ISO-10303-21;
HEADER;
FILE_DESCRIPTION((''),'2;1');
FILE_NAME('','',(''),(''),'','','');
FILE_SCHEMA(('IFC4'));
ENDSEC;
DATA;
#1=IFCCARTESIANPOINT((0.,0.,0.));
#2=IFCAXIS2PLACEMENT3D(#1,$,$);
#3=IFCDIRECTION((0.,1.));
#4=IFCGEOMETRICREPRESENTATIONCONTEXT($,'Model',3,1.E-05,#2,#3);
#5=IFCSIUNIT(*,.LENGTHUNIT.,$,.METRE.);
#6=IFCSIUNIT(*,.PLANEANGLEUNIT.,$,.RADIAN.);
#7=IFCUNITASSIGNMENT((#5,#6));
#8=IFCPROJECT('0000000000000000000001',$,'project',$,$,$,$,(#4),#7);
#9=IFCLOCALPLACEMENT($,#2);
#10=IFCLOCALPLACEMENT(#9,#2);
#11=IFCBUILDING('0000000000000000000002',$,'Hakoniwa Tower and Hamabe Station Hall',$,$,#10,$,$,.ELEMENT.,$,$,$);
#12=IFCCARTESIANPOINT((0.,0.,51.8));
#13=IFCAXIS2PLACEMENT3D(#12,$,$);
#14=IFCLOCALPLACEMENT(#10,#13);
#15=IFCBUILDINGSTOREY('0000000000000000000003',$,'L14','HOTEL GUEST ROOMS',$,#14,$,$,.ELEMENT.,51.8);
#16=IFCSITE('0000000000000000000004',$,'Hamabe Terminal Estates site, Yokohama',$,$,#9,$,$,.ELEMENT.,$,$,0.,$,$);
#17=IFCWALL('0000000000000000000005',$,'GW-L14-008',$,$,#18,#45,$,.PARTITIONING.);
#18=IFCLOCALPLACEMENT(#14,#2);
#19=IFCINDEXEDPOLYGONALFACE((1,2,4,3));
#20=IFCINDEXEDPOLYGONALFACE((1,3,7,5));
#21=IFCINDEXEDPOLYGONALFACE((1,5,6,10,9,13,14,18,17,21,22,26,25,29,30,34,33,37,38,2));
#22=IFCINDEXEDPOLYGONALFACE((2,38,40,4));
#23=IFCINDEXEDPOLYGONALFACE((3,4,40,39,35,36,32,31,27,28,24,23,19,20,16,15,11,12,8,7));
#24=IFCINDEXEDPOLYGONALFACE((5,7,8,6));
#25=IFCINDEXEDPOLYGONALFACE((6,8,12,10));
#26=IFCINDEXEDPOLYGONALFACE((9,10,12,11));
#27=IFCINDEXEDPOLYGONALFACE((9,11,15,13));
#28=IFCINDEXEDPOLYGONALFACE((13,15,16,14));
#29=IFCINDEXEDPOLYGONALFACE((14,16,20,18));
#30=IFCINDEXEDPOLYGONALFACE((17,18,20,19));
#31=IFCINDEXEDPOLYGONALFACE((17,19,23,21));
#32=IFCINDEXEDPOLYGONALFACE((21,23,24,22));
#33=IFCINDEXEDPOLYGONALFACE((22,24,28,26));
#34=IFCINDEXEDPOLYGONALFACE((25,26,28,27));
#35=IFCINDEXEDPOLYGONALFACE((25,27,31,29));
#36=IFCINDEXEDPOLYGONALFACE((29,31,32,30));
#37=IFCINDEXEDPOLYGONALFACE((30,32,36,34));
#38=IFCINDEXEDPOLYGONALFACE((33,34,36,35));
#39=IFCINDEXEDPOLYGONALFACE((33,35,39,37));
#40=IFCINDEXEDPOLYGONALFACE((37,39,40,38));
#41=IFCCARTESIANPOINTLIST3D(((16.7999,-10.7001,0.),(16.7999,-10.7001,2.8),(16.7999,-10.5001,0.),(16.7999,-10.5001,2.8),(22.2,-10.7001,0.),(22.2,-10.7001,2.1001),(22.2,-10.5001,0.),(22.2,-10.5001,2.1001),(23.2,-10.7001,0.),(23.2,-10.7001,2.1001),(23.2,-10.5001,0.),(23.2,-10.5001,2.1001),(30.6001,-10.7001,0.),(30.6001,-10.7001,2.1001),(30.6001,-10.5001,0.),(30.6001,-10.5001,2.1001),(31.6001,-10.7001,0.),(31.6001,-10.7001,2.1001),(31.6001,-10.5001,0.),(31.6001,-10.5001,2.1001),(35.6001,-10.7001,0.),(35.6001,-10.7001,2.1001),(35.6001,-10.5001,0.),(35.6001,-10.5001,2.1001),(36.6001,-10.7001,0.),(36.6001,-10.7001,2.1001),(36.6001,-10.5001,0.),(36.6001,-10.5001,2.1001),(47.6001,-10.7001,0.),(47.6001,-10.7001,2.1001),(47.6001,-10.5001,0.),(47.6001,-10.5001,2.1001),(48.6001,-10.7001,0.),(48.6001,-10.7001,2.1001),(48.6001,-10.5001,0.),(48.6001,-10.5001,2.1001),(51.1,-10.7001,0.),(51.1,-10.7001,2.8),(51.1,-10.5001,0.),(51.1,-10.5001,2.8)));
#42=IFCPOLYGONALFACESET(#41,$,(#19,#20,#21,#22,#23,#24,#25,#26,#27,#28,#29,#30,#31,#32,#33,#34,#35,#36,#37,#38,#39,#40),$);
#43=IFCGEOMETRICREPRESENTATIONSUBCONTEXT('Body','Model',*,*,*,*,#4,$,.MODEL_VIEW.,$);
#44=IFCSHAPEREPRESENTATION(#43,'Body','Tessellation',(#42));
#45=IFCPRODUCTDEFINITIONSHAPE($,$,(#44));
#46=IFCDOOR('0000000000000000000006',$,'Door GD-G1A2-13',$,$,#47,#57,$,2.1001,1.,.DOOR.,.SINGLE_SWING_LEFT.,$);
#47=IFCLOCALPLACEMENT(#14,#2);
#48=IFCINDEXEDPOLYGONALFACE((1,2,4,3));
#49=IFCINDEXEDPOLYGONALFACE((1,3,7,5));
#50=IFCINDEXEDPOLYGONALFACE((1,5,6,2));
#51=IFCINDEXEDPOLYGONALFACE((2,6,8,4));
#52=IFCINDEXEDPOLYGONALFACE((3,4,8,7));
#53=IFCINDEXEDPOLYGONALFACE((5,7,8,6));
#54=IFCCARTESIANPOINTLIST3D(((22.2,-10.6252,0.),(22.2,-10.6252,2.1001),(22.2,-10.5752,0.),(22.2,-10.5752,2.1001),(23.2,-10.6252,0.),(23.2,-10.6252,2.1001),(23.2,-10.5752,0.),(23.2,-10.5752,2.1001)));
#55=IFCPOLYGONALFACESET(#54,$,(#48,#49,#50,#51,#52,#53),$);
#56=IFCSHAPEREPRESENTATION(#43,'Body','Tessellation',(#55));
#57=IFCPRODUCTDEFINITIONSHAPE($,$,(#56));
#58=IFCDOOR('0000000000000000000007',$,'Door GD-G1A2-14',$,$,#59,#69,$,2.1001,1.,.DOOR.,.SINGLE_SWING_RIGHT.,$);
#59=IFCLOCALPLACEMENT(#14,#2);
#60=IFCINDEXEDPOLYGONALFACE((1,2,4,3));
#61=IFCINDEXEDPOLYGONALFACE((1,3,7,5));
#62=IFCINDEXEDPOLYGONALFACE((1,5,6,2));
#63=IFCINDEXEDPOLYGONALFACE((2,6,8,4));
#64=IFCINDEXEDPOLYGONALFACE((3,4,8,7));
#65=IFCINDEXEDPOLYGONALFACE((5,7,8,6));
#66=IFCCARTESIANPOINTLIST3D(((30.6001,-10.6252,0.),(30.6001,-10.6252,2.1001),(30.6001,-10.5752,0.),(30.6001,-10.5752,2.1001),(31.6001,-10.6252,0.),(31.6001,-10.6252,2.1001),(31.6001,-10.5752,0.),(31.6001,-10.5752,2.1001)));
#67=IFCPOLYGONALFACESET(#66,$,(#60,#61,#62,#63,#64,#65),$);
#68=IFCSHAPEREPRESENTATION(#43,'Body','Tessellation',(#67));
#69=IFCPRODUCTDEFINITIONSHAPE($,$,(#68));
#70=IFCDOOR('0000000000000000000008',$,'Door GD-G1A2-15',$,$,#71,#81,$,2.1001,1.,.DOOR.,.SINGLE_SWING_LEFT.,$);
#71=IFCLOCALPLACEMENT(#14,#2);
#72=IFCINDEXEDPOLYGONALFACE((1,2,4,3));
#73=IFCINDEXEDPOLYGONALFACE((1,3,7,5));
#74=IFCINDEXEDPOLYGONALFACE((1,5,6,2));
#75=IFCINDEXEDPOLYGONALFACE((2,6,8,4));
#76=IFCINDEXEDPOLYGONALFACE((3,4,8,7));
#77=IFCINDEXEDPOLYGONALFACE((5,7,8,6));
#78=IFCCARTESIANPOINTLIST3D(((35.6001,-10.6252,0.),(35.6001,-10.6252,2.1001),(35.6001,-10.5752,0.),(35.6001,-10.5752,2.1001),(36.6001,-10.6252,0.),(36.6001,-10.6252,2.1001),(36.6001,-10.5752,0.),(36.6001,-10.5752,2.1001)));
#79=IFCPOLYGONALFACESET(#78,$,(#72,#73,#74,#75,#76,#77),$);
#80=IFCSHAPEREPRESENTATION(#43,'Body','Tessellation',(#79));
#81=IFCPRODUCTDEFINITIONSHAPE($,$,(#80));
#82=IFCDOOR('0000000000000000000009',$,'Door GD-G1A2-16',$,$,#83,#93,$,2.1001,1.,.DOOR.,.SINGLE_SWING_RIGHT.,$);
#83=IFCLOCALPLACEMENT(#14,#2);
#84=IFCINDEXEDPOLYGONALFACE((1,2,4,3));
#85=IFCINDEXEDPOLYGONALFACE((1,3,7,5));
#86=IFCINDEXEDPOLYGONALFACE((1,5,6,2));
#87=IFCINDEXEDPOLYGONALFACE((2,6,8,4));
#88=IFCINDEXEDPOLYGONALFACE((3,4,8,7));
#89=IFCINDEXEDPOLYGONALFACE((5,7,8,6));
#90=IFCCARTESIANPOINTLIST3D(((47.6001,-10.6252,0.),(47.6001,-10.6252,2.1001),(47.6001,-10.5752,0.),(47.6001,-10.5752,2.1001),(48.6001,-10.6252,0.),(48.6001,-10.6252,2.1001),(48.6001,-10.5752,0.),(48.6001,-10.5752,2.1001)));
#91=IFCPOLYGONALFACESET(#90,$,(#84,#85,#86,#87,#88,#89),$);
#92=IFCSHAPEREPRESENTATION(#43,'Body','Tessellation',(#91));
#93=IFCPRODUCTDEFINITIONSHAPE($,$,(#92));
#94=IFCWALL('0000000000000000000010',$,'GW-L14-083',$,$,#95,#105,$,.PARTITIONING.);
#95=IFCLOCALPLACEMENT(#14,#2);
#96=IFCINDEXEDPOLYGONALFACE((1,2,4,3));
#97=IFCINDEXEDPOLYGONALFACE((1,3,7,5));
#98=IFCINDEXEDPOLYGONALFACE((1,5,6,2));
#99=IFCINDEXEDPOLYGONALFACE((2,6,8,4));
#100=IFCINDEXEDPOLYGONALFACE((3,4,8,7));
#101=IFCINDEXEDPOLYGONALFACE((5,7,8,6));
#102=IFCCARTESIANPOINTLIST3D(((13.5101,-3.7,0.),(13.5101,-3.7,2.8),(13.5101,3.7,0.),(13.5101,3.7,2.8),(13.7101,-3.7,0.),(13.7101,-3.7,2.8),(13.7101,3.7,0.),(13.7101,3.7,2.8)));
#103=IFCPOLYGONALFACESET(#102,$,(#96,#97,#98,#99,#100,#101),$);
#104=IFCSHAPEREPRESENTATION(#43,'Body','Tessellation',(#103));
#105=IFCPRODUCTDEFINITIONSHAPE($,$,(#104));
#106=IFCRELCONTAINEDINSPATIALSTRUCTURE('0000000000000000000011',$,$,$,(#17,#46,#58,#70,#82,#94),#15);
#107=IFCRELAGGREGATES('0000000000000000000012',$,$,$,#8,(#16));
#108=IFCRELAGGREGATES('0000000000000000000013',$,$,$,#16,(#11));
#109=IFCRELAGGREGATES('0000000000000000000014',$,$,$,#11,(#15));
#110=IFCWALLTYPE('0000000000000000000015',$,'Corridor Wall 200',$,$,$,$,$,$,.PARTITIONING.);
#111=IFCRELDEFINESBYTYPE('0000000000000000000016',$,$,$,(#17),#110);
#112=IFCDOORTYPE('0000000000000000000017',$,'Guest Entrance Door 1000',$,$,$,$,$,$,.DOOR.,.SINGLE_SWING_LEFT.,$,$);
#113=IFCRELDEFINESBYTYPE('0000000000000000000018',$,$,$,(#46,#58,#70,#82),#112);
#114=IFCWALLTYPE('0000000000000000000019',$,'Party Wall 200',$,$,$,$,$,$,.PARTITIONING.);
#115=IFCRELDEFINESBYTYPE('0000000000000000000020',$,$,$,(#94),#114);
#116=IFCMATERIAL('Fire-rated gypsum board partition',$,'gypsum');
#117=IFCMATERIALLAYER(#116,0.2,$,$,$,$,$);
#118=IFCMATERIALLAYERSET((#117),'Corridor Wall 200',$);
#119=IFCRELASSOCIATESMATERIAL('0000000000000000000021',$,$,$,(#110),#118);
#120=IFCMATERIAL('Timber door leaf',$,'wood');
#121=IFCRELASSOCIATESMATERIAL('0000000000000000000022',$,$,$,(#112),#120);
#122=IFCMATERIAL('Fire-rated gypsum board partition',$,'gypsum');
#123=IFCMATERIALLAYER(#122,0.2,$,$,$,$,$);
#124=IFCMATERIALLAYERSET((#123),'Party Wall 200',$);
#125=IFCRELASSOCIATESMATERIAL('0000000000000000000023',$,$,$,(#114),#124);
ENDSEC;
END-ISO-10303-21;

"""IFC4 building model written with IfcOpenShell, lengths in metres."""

from ifc_helpers import new_model, si_unit, direction, frame, frame_2d, origin, place, context, subcontext, project, spatial, rectangle, extrude, material, layer, layer_set, type_object, element, fill, save


model = new_model("IFC4")

# Units and contexts
model_context = context("Model", 3, precision=1e-05, world=origin(), true_north=direction((0.0, 1.0)))
body_context = subcontext(model_context, "Body", "Model", "MODEL_VIEW")
ifc_project = project(units=[si_unit("LENGTHUNIT", "METRE"), si_unit("PLANEANGLEUNIT", "RADIAN")], contexts=[model_context])

# Site, building, storey
site_placement = place(None, origin())
site = spatial("IfcSite", under=ifc_project, at=site_placement, Name="Hamabe Terminal Estates site, Yokohama", CompositionType="ELEMENT", RefElevation=0.0)
building_placement = place(site_placement, origin())
building = spatial("IfcBuilding", under=site, at=building_placement, Name="Hakoniwa Tower and Hamabe Station Hall", CompositionType="ELEMENT")
storey_placement = place(building_placement, frame((0.0, 0.0, 51.8)))
storey = spatial("IfcBuildingStorey", under=building, at=storey_placement, Name="L14", Description="HOTEL GUEST ROOMS", CompositionType="ELEMENT", Elevation=51.8)

# Wall, openings, doors
ifc_material_1 = material(Name="Fire-rated gypsum board partition", Category="gypsum")
ifc_layer_1 = layer(ifc_material_1, 0.2)
ifc_layer_set_1 = layer_set([ifc_layer_1], Name="Corridor Wall 200")
wall_type_1 = type_object("IfcWallType", Name="Corridor Wall 200", PredefinedType="PARTITIONING", material=ifc_layer_set_1)
wall_1_placement = place(storey_placement, frame((16.8, -10.6001, 0.0), z_axis=(0.0, 0.0, 1.0), x_axis=(1.0, 0.0, 0.0)))
wall_1 = element("IfcWall", 1, at=wall_1_placement, inside=storey, type_object=wall_type_1, Name="GW-L14-008", PredefinedType="PARTITIONING", context=body_context, shape_type="SweptSolid", body=[
    extrude(rectangle(XDim=34.3, YDim=0.2, at=frame_2d((17.1499, 0.0))), origin(), (0.0, 0.0, 1.0), 2.8),
])
opening_1_placement = place(wall_1_placement, frame((5.3999, 0.0, 0.0)))
opening_1 = element("IfcOpeningElement", 2, at=opening_1_placement, cuts=wall_1, PredefinedType="OPENING", context=body_context, shape_type="SweptSolid", body=[
    extrude(rectangle(XDim=1.0, YDim=2.1001, at=frame_2d((0.5, 1.05))), frame((0.0, 0.1099, 0.0), z_axis=(0.0, -1.0, 0.0), x_axis=(1.0, 0.0, 0.0)), (0.0, 0.0, 1.0), 0.22),
])
opening_2_placement = place(wall_1_placement, frame((13.8, 0.0, 0.0)))
opening_2 = element("IfcOpeningElement", 3, at=opening_2_placement, cuts=wall_1, PredefinedType="OPENING", context=body_context, shape_type="SweptSolid", body=[
    extrude(rectangle(XDim=1.0, YDim=2.1001, at=frame_2d((0.5, 1.05))), frame((0.0, 0.1099, 0.0), z_axis=(0.0, -1.0, 0.0), x_axis=(1.0, 0.0, 0.0)), (0.0, 0.0, 1.0), 0.22),
])
opening_3_placement = place(wall_1_placement, frame((18.8, 0.0, 0.0)))
opening_3 = element("IfcOpeningElement", 4, at=opening_3_placement, cuts=wall_1, PredefinedType="OPENING", context=body_context, shape_type="SweptSolid", body=[
    extrude(rectangle(XDim=1.0, YDim=2.1001, at=frame_2d((0.5, 1.05))), frame((0.0, 0.1099, 0.0), z_axis=(0.0, -1.0, 0.0), x_axis=(1.0, 0.0, 0.0)), (0.0, 0.0, 1.0), 0.22),
])
opening_4_placement = place(wall_1_placement, frame((30.8, 0.0, 0.0)))
opening_4 = element("IfcOpeningElement", 5, at=opening_4_placement, cuts=wall_1, PredefinedType="OPENING", context=body_context, shape_type="SweptSolid", body=[
    extrude(rectangle(XDim=1.0, YDim=2.1001, at=frame_2d((0.5, 1.05))), frame((0.0, 0.1099, 0.0), z_axis=(0.0, -1.0, 0.0), x_axis=(1.0, 0.0, 0.0)), (0.0, 0.0, 1.0), 0.22),
])
ifc_material_2 = material(Name="Timber door leaf", Category="wood")
door_type_1 = type_object("IfcDoorType", Name="Guest Entrance Door 1000", OperationType="SINGLE_SWING_LEFT", PredefinedType="DOOR", material=ifc_material_2)
door_1_placement = place(opening_1_placement, origin())
door_1 = element("IfcDoor", 6, at=door_1_placement, inside=storey, type_object=door_type_1, Name="Door GD-G1A2-13", OperationType="SINGLE_SWING_LEFT", OverallHeight=2.1001, OverallWidth=1.0, PredefinedType="DOOR", context=body_context, shape_type="SweptSolid", body=[
    extrude(rectangle(XDim=1.0, YDim=2.1001, at=frame_2d((0.5, 1.05))), frame((0.0, 0.0249, 0.0), z_axis=(0.0, -1.0, 0.0), x_axis=(1.0, 0.0, 0.0)), (0.0, 0.0, 1.0), 0.05),
])
fill(opening_1, door_1)
door_2_placement = place(opening_2_placement, origin())
door_2 = element("IfcDoor", 7, at=door_2_placement, inside=storey, type_object=door_type_1, Name="Door GD-G1A2-14", OperationType="SINGLE_SWING_RIGHT", OverallHeight=2.1001, OverallWidth=1.0, PredefinedType="DOOR", context=body_context, shape_type="SweptSolid", body=[
    extrude(rectangle(XDim=1.0, YDim=2.1001, at=frame_2d((0.5, 1.05))), frame((0.0, 0.0249, 0.0), z_axis=(0.0, -1.0, 0.0), x_axis=(1.0, 0.0, 0.0)), (0.0, 0.0, 1.0), 0.05),
])
fill(opening_2, door_2)
door_3_placement = place(opening_3_placement, origin())
door_3 = element("IfcDoor", 8, at=door_3_placement, inside=storey, type_object=door_type_1, Name="Door GD-G1A2-15", OperationType="SINGLE_SWING_LEFT", OverallHeight=2.1001, OverallWidth=1.0, PredefinedType="DOOR", context=body_context, shape_type="SweptSolid", body=[
    extrude(rectangle(XDim=1.0, YDim=2.1001, at=frame_2d((0.5, 1.05))), frame((0.0, 0.0249, 0.0), z_axis=(0.0, -1.0, 0.0), x_axis=(1.0, 0.0, 0.0)), (0.0, 0.0, 1.0), 0.05),
])
fill(opening_3, door_3)
door_4_placement = place(opening_4_placement, origin())
door_4 = element("IfcDoor", 9, at=door_4_placement, inside=storey, type_object=door_type_1, Name="Door GD-G1A2-16", OperationType="SINGLE_SWING_RIGHT", OverallHeight=2.1001, OverallWidth=1.0, PredefinedType="DOOR", context=body_context, shape_type="SweptSolid", body=[
    extrude(rectangle(XDim=1.0, YDim=2.1001, at=frame_2d((0.5, 1.05))), frame((0.0, 0.0249, 0.0), z_axis=(0.0, -1.0, 0.0), x_axis=(1.0, 0.0, 0.0)), (0.0, 0.0, 1.0), 0.05),
])
fill(opening_4, door_4)

# Wall
ifc_material_3 = material(Name="Fire-rated gypsum board partition", Category="gypsum")
ifc_layer_2 = layer(ifc_material_3, 0.2)
ifc_layer_set_2 = layer_set([ifc_layer_2], Name="Party Wall 200")
wall_type_2 = type_object("IfcWallType", Name="Party Wall 200", PredefinedType="PARTITIONING", material=ifc_layer_set_2)
wall_2_placement = place(storey_placement, frame((13.6101, -3.7, 0.0), z_axis=(0.0, 0.0, 1.0), x_axis=(0.0, 1.0, 0.0)))
element("IfcWall", 10, at=wall_2_placement, inside=storey, type_object=wall_type_2, Name="GW-L14-083", PredefinedType="PARTITIONING", context=body_context, shape_type="SweptSolid", body=[
    extrude(rectangle(XDim=7.3999, YDim=0.2, at=frame_2d((3.7, 0.0))), origin(), (0.0, 0.0, 1.0), 2.8),
])

save(model, "model.ifc")
